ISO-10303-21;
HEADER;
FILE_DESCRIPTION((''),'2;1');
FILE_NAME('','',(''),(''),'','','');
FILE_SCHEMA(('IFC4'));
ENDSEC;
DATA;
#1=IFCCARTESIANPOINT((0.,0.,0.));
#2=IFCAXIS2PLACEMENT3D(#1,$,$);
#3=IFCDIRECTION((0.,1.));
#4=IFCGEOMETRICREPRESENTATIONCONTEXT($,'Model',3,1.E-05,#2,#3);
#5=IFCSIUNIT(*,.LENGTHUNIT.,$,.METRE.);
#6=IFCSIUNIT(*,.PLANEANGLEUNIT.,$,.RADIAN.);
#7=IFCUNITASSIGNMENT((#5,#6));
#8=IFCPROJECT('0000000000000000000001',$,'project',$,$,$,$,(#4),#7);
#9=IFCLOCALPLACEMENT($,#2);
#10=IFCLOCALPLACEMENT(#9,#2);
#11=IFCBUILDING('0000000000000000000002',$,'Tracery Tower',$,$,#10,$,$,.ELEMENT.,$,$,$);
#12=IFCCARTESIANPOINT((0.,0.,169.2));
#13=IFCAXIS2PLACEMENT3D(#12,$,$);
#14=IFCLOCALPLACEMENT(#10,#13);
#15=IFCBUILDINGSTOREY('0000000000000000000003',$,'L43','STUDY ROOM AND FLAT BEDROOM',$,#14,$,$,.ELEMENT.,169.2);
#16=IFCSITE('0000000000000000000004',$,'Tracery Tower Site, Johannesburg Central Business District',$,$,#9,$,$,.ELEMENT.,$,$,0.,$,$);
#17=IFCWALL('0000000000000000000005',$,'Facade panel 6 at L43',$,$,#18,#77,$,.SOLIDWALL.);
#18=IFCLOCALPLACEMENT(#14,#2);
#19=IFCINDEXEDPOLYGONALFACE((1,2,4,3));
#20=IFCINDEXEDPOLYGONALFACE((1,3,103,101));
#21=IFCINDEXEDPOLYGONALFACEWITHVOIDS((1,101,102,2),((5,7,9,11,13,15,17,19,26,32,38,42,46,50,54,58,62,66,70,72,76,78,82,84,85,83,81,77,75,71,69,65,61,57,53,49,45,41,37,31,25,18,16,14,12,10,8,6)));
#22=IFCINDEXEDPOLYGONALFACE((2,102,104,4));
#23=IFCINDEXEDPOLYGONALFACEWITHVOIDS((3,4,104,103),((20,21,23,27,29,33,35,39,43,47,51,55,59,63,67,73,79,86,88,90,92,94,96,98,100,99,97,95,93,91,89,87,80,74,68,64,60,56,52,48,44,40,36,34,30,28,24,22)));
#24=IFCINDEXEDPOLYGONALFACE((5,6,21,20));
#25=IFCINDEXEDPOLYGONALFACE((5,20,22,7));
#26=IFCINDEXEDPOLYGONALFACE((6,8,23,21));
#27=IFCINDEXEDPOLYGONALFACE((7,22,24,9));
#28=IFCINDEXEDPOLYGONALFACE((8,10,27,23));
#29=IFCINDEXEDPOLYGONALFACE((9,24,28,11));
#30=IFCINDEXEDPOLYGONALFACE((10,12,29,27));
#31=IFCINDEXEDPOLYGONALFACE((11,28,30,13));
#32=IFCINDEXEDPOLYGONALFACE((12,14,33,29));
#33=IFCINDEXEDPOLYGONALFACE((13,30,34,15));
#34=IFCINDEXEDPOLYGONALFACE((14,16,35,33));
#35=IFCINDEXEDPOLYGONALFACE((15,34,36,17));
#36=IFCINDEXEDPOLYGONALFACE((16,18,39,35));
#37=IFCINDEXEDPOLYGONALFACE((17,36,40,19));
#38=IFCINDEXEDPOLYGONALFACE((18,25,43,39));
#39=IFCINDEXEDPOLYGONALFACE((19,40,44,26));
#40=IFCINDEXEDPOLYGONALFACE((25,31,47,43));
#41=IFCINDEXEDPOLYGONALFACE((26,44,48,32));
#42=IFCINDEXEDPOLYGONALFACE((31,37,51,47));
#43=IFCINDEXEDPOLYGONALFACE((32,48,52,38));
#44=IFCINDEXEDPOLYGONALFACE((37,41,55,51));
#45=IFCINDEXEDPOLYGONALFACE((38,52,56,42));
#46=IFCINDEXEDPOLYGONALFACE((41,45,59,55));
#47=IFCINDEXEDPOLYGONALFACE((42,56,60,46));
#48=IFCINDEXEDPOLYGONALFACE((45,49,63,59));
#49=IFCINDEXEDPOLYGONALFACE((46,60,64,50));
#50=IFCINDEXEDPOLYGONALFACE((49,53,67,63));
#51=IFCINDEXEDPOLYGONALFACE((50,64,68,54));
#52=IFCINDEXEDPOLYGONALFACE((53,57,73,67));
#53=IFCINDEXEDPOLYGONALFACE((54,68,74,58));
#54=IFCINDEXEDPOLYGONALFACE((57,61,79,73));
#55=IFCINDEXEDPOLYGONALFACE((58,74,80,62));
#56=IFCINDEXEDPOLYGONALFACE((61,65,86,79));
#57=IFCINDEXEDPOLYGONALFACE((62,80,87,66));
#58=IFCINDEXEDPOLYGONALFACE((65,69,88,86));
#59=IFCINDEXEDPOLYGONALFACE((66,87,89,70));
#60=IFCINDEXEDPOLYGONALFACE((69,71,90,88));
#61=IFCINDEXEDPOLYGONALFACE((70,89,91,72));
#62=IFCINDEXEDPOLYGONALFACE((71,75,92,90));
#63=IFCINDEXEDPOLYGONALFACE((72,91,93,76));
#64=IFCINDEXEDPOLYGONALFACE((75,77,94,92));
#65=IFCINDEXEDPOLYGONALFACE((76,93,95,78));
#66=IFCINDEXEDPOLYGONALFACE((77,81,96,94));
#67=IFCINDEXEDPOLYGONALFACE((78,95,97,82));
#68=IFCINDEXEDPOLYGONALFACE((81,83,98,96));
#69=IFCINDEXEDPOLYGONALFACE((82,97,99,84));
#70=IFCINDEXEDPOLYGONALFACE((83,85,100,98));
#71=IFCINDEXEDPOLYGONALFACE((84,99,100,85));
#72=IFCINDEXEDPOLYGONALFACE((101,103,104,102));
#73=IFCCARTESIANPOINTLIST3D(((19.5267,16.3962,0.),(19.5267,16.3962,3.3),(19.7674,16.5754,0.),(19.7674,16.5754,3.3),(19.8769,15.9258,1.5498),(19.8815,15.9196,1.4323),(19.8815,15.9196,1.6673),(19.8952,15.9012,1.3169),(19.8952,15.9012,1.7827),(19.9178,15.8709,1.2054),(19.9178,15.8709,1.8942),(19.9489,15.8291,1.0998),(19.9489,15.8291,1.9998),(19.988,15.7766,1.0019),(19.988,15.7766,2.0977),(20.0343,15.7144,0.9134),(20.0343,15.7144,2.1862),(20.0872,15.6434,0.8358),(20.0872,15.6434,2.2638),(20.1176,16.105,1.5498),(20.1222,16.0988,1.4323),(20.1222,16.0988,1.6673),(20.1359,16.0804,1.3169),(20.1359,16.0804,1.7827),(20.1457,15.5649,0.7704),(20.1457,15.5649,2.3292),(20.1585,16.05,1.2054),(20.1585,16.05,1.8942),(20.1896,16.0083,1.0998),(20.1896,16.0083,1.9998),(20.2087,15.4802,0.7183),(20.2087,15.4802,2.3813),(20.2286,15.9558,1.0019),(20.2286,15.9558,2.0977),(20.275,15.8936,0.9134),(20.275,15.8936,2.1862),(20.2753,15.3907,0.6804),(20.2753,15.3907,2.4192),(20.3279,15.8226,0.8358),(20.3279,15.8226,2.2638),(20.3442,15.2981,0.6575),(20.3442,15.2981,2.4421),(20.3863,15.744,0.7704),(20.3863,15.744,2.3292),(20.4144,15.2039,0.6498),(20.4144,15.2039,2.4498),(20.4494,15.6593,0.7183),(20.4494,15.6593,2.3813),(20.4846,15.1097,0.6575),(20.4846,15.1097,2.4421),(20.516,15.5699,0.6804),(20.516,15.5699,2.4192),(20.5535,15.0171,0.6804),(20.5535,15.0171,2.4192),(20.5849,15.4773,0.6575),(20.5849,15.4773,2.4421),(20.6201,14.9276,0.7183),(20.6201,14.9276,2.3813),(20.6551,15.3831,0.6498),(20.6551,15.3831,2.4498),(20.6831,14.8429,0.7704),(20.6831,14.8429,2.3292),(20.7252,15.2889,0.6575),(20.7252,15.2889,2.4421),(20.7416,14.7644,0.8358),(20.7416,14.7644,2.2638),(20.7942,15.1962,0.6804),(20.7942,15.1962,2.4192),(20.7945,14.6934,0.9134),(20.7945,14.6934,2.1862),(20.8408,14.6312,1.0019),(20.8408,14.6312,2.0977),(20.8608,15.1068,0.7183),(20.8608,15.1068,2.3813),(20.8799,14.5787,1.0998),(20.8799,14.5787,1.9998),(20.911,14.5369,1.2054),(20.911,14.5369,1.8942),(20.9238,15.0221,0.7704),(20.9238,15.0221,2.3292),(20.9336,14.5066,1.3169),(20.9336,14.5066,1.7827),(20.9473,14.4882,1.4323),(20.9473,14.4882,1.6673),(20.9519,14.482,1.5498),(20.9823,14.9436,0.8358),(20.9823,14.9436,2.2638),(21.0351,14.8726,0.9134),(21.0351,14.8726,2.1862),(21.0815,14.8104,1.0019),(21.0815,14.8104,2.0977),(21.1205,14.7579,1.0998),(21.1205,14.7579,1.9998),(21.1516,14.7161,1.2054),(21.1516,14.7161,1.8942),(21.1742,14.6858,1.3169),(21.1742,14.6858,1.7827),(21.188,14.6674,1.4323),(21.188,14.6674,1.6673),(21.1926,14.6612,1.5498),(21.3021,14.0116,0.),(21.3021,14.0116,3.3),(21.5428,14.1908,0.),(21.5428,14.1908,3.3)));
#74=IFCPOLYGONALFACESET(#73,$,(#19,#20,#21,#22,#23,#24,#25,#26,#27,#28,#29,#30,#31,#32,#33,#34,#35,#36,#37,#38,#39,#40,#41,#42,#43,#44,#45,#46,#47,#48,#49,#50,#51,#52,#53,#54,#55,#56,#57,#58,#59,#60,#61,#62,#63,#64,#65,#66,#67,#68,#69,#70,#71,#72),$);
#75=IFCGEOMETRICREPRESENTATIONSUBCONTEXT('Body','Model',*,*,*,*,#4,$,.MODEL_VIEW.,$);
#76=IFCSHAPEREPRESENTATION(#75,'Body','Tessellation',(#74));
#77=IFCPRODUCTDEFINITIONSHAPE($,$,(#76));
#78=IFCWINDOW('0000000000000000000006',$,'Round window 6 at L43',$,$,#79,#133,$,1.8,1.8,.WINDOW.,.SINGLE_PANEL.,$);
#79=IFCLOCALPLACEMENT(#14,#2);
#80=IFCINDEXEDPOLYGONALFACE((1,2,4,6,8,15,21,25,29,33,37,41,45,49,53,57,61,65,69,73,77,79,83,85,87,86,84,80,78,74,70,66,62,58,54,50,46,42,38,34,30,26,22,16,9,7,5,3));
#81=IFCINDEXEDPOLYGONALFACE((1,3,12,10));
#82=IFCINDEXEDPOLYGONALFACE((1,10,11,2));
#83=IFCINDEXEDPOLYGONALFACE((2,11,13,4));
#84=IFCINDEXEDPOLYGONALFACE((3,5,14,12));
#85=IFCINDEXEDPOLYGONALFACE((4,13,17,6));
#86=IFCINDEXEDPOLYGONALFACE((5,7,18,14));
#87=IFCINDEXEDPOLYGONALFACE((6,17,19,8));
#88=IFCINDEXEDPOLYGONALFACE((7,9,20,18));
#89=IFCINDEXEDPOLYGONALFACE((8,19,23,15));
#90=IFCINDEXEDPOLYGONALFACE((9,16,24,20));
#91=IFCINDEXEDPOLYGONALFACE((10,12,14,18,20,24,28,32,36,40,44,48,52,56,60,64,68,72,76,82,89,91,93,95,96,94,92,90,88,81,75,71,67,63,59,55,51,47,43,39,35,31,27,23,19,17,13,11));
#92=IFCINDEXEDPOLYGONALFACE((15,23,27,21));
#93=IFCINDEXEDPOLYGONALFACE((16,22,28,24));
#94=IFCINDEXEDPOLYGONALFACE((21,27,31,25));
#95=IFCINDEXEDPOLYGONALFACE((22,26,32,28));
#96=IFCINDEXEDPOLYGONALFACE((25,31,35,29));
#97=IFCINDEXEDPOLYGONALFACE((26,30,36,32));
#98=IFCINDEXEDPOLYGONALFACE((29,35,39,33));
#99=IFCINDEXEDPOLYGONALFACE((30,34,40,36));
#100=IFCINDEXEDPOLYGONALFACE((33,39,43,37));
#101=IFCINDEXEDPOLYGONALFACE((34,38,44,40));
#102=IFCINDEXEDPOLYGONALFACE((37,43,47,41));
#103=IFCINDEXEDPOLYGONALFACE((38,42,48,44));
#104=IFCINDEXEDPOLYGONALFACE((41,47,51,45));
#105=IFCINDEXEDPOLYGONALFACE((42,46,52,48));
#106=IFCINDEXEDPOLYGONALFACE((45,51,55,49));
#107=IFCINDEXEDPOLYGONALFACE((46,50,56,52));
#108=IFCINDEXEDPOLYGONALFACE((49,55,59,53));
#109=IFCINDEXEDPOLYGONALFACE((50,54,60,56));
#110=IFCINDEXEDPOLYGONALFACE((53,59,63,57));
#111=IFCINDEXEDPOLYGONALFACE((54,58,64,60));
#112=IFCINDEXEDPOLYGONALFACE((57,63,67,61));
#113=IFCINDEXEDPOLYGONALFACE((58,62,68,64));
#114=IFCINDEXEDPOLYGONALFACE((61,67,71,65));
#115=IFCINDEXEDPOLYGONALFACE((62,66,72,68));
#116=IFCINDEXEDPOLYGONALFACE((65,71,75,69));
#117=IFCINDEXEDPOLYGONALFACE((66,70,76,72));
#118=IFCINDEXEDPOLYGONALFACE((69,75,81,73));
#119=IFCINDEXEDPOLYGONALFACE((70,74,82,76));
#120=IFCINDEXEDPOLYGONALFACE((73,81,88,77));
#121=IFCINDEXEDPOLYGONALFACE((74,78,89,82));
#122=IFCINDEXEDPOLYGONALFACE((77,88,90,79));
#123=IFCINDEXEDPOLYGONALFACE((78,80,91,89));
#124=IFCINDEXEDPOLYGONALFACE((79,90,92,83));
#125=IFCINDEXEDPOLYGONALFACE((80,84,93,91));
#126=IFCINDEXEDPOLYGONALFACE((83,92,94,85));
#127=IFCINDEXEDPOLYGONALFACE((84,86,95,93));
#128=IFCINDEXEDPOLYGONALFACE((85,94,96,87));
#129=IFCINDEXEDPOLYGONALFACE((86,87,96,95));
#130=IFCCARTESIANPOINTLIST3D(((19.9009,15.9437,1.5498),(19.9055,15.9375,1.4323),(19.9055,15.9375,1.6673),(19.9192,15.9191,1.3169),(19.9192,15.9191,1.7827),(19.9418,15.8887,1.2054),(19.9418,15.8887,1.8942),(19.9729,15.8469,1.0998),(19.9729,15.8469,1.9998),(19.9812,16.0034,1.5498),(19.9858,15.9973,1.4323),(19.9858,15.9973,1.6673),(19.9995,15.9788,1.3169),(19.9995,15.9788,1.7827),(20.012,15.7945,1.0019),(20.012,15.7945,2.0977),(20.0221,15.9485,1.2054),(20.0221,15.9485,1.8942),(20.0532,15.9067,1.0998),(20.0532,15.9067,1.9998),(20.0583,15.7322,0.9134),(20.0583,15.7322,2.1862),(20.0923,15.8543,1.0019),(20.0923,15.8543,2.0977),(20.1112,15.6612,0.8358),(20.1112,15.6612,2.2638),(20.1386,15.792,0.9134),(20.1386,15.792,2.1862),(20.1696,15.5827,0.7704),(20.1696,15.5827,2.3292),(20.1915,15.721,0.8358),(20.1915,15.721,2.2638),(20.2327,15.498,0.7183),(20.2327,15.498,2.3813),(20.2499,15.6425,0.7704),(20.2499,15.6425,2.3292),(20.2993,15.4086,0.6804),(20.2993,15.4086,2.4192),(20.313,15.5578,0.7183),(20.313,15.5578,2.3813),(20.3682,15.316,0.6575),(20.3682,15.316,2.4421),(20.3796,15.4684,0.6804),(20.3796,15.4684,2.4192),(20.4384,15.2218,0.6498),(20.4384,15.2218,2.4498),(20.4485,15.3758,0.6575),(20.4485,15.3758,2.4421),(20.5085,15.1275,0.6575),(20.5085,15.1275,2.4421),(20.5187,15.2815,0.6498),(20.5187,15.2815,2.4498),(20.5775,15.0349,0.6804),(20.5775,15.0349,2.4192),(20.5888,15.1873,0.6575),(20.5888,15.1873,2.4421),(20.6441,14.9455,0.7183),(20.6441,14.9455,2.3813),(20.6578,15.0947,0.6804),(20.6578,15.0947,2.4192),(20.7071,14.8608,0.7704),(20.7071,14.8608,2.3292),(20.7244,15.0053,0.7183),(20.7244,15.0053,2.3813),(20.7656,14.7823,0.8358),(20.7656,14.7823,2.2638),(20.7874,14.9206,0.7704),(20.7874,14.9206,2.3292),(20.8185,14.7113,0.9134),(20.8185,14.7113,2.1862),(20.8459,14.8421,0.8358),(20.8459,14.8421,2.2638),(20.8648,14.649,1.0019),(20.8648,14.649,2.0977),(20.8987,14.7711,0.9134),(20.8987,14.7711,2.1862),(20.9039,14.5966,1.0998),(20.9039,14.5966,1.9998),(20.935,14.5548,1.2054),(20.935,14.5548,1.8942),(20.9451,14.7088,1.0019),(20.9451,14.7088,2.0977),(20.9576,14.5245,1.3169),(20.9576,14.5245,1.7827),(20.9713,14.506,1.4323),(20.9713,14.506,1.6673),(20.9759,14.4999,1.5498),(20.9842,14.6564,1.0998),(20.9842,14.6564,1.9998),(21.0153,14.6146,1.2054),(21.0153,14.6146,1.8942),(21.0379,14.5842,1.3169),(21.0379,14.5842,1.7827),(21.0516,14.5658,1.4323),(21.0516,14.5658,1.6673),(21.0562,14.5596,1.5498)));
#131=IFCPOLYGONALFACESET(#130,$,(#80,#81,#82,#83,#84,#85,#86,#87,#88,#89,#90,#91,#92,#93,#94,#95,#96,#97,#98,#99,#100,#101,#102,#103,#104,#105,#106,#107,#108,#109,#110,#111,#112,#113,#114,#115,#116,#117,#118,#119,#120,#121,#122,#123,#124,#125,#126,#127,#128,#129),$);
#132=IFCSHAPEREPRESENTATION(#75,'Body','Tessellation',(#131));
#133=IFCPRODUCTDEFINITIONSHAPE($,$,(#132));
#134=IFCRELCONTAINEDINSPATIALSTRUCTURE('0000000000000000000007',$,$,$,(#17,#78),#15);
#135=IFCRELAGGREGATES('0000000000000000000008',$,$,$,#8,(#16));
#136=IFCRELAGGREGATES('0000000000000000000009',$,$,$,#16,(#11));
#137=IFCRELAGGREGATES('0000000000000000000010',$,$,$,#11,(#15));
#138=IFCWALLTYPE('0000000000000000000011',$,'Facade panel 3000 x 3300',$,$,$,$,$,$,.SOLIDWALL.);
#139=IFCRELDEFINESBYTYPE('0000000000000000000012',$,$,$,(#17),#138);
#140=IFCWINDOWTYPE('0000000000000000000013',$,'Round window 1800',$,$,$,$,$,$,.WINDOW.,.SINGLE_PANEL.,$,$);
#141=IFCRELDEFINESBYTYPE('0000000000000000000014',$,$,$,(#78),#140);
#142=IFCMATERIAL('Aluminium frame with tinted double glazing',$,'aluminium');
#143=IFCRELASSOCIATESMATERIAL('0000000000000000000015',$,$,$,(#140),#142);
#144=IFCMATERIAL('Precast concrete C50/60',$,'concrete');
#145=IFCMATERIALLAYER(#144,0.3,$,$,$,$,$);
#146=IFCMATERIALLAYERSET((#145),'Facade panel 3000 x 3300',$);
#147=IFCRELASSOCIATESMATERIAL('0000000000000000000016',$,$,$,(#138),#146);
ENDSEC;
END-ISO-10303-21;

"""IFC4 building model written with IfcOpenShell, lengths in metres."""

from ifc_helpers import new_model, si_unit, direction, frame, frame_2d, origin, origin_2d, place, context, subcontext, project, spatial, rectangle, circle, extrude, material, layer, layer_set, type_object, element, fill, save


model = new_model("IFC4")

# Units and contexts
model_context = context("Model", 3, precision=1e-05, world=origin(), true_north=direction((0.0, 1.0)))
body_context = subcontext(model_context, "Body", "Model", "MODEL_VIEW")
ifc_project = project(units=[si_unit("LENGTHUNIT", "METRE"), si_unit("PLANEANGLEUNIT", "RADIAN")], contexts=[model_context])

# Site, building, storey
site_placement = place(None, origin())
site = spatial("IfcSite", under=ifc_project, at=site_placement, Name="Tracery Tower Site, Johannesburg Central Business District", CompositionType="ELEMENT", RefElevation=0.0)
building_placement = place(site_placement, origin())
building = spatial("IfcBuilding", under=site, at=building_placement, Name="Tracery Tower", CompositionType="ELEMENT")
storey_placement = place(building_placement, frame((0.0, 0.0, 169.2)))
storey = spatial("IfcBuildingStorey", under=building, at=storey_placement, Name="L43", Description="STUDY ROOM AND FLAT BEDROOM", CompositionType="ELEMENT", Elevation=169.2)

# Wall, opening, window
ifc_material_1 = material(Name="Aluminium frame with tinted double glazing", Category="aluminium")
window_type = type_object("IfcWindowType", Name="Round window 1800", PartitioningType="SINGLE_PANEL", PredefinedType="WINDOW", material=ifc_material_1)
ifc_material_2 = material(Name="Precast concrete C50/60", Category="concrete")
ifc_layer_1 = layer(ifc_material_2, 0.3)
ifc_layer_set_1 = layer_set([ifc_layer_1], Name="Facade panel 3000 x 3300")
wall_type_1 = type_object("IfcWallType", Name="Facade panel 3000 x 3300", PredefinedType="SOLIDWALL", material=ifc_layer_set_1)
wall_1_placement = place(storey_placement, frame((21.4224, 14.1013, 0.0), z_axis=(0.0, 0.0, 1.0), x_axis=(-0.597198, 0.802094, 0.0)))
wall_1 = element("IfcWall", 1, at=wall_1_placement, inside=storey, type_object=wall_type_1, Name="Facade panel 6 at L43", PredefinedType="SOLIDWALL", context=body_context, shape_type="SweptSolid", body=[
    extrude(rectangle(XDim=2.9729, YDim=0.3, at=frame_2d((1.4863, 0.0))), origin(), (0.0, 0.0, 1.0), 3.3),
])
opening_1_placement = place(wall_1_placement, frame((1.4863, 0.0, 1.5498)))
opening_1 = element("IfcOpeningElement", 2, at=opening_1_placement, cuts=wall_1, PredefinedType="OPENING", context=body_context, shape_type="SweptSolid", body=[
    extrude(circle(Radius=0.9, at=origin_2d()), frame((0.0, 0.1599, 0.0), z_axis=(0.0, -1.0, 0.0), x_axis=(1.0, 0.0, 0.0)), (0.0, 0.0, 1.0), 0.3201),
])
window_1_placement = place(opening_1_placement, origin())
window_1 = element("IfcWindow", 3, at=window_1_placement, inside=storey, type_object=window_type, Name="Round window 6 at L43", OverallHeight=1.8, OverallWidth=1.8, PartitioningType="SINGLE_PANEL", PredefinedType="WINDOW", context=body_context, shape_type="SweptSolid", body=[
    extrude(circle(Radius=0.9, at=origin_2d()), frame((0.0, 0.1201, 0.0), z_axis=(0.0, -1.0, 0.0), x_axis=(1.0, 0.0, 0.0)), (0.0, 0.0, 1.0), 0.1001),
])
fill(opening_1, window_1)

save(model, "model.ifc")
